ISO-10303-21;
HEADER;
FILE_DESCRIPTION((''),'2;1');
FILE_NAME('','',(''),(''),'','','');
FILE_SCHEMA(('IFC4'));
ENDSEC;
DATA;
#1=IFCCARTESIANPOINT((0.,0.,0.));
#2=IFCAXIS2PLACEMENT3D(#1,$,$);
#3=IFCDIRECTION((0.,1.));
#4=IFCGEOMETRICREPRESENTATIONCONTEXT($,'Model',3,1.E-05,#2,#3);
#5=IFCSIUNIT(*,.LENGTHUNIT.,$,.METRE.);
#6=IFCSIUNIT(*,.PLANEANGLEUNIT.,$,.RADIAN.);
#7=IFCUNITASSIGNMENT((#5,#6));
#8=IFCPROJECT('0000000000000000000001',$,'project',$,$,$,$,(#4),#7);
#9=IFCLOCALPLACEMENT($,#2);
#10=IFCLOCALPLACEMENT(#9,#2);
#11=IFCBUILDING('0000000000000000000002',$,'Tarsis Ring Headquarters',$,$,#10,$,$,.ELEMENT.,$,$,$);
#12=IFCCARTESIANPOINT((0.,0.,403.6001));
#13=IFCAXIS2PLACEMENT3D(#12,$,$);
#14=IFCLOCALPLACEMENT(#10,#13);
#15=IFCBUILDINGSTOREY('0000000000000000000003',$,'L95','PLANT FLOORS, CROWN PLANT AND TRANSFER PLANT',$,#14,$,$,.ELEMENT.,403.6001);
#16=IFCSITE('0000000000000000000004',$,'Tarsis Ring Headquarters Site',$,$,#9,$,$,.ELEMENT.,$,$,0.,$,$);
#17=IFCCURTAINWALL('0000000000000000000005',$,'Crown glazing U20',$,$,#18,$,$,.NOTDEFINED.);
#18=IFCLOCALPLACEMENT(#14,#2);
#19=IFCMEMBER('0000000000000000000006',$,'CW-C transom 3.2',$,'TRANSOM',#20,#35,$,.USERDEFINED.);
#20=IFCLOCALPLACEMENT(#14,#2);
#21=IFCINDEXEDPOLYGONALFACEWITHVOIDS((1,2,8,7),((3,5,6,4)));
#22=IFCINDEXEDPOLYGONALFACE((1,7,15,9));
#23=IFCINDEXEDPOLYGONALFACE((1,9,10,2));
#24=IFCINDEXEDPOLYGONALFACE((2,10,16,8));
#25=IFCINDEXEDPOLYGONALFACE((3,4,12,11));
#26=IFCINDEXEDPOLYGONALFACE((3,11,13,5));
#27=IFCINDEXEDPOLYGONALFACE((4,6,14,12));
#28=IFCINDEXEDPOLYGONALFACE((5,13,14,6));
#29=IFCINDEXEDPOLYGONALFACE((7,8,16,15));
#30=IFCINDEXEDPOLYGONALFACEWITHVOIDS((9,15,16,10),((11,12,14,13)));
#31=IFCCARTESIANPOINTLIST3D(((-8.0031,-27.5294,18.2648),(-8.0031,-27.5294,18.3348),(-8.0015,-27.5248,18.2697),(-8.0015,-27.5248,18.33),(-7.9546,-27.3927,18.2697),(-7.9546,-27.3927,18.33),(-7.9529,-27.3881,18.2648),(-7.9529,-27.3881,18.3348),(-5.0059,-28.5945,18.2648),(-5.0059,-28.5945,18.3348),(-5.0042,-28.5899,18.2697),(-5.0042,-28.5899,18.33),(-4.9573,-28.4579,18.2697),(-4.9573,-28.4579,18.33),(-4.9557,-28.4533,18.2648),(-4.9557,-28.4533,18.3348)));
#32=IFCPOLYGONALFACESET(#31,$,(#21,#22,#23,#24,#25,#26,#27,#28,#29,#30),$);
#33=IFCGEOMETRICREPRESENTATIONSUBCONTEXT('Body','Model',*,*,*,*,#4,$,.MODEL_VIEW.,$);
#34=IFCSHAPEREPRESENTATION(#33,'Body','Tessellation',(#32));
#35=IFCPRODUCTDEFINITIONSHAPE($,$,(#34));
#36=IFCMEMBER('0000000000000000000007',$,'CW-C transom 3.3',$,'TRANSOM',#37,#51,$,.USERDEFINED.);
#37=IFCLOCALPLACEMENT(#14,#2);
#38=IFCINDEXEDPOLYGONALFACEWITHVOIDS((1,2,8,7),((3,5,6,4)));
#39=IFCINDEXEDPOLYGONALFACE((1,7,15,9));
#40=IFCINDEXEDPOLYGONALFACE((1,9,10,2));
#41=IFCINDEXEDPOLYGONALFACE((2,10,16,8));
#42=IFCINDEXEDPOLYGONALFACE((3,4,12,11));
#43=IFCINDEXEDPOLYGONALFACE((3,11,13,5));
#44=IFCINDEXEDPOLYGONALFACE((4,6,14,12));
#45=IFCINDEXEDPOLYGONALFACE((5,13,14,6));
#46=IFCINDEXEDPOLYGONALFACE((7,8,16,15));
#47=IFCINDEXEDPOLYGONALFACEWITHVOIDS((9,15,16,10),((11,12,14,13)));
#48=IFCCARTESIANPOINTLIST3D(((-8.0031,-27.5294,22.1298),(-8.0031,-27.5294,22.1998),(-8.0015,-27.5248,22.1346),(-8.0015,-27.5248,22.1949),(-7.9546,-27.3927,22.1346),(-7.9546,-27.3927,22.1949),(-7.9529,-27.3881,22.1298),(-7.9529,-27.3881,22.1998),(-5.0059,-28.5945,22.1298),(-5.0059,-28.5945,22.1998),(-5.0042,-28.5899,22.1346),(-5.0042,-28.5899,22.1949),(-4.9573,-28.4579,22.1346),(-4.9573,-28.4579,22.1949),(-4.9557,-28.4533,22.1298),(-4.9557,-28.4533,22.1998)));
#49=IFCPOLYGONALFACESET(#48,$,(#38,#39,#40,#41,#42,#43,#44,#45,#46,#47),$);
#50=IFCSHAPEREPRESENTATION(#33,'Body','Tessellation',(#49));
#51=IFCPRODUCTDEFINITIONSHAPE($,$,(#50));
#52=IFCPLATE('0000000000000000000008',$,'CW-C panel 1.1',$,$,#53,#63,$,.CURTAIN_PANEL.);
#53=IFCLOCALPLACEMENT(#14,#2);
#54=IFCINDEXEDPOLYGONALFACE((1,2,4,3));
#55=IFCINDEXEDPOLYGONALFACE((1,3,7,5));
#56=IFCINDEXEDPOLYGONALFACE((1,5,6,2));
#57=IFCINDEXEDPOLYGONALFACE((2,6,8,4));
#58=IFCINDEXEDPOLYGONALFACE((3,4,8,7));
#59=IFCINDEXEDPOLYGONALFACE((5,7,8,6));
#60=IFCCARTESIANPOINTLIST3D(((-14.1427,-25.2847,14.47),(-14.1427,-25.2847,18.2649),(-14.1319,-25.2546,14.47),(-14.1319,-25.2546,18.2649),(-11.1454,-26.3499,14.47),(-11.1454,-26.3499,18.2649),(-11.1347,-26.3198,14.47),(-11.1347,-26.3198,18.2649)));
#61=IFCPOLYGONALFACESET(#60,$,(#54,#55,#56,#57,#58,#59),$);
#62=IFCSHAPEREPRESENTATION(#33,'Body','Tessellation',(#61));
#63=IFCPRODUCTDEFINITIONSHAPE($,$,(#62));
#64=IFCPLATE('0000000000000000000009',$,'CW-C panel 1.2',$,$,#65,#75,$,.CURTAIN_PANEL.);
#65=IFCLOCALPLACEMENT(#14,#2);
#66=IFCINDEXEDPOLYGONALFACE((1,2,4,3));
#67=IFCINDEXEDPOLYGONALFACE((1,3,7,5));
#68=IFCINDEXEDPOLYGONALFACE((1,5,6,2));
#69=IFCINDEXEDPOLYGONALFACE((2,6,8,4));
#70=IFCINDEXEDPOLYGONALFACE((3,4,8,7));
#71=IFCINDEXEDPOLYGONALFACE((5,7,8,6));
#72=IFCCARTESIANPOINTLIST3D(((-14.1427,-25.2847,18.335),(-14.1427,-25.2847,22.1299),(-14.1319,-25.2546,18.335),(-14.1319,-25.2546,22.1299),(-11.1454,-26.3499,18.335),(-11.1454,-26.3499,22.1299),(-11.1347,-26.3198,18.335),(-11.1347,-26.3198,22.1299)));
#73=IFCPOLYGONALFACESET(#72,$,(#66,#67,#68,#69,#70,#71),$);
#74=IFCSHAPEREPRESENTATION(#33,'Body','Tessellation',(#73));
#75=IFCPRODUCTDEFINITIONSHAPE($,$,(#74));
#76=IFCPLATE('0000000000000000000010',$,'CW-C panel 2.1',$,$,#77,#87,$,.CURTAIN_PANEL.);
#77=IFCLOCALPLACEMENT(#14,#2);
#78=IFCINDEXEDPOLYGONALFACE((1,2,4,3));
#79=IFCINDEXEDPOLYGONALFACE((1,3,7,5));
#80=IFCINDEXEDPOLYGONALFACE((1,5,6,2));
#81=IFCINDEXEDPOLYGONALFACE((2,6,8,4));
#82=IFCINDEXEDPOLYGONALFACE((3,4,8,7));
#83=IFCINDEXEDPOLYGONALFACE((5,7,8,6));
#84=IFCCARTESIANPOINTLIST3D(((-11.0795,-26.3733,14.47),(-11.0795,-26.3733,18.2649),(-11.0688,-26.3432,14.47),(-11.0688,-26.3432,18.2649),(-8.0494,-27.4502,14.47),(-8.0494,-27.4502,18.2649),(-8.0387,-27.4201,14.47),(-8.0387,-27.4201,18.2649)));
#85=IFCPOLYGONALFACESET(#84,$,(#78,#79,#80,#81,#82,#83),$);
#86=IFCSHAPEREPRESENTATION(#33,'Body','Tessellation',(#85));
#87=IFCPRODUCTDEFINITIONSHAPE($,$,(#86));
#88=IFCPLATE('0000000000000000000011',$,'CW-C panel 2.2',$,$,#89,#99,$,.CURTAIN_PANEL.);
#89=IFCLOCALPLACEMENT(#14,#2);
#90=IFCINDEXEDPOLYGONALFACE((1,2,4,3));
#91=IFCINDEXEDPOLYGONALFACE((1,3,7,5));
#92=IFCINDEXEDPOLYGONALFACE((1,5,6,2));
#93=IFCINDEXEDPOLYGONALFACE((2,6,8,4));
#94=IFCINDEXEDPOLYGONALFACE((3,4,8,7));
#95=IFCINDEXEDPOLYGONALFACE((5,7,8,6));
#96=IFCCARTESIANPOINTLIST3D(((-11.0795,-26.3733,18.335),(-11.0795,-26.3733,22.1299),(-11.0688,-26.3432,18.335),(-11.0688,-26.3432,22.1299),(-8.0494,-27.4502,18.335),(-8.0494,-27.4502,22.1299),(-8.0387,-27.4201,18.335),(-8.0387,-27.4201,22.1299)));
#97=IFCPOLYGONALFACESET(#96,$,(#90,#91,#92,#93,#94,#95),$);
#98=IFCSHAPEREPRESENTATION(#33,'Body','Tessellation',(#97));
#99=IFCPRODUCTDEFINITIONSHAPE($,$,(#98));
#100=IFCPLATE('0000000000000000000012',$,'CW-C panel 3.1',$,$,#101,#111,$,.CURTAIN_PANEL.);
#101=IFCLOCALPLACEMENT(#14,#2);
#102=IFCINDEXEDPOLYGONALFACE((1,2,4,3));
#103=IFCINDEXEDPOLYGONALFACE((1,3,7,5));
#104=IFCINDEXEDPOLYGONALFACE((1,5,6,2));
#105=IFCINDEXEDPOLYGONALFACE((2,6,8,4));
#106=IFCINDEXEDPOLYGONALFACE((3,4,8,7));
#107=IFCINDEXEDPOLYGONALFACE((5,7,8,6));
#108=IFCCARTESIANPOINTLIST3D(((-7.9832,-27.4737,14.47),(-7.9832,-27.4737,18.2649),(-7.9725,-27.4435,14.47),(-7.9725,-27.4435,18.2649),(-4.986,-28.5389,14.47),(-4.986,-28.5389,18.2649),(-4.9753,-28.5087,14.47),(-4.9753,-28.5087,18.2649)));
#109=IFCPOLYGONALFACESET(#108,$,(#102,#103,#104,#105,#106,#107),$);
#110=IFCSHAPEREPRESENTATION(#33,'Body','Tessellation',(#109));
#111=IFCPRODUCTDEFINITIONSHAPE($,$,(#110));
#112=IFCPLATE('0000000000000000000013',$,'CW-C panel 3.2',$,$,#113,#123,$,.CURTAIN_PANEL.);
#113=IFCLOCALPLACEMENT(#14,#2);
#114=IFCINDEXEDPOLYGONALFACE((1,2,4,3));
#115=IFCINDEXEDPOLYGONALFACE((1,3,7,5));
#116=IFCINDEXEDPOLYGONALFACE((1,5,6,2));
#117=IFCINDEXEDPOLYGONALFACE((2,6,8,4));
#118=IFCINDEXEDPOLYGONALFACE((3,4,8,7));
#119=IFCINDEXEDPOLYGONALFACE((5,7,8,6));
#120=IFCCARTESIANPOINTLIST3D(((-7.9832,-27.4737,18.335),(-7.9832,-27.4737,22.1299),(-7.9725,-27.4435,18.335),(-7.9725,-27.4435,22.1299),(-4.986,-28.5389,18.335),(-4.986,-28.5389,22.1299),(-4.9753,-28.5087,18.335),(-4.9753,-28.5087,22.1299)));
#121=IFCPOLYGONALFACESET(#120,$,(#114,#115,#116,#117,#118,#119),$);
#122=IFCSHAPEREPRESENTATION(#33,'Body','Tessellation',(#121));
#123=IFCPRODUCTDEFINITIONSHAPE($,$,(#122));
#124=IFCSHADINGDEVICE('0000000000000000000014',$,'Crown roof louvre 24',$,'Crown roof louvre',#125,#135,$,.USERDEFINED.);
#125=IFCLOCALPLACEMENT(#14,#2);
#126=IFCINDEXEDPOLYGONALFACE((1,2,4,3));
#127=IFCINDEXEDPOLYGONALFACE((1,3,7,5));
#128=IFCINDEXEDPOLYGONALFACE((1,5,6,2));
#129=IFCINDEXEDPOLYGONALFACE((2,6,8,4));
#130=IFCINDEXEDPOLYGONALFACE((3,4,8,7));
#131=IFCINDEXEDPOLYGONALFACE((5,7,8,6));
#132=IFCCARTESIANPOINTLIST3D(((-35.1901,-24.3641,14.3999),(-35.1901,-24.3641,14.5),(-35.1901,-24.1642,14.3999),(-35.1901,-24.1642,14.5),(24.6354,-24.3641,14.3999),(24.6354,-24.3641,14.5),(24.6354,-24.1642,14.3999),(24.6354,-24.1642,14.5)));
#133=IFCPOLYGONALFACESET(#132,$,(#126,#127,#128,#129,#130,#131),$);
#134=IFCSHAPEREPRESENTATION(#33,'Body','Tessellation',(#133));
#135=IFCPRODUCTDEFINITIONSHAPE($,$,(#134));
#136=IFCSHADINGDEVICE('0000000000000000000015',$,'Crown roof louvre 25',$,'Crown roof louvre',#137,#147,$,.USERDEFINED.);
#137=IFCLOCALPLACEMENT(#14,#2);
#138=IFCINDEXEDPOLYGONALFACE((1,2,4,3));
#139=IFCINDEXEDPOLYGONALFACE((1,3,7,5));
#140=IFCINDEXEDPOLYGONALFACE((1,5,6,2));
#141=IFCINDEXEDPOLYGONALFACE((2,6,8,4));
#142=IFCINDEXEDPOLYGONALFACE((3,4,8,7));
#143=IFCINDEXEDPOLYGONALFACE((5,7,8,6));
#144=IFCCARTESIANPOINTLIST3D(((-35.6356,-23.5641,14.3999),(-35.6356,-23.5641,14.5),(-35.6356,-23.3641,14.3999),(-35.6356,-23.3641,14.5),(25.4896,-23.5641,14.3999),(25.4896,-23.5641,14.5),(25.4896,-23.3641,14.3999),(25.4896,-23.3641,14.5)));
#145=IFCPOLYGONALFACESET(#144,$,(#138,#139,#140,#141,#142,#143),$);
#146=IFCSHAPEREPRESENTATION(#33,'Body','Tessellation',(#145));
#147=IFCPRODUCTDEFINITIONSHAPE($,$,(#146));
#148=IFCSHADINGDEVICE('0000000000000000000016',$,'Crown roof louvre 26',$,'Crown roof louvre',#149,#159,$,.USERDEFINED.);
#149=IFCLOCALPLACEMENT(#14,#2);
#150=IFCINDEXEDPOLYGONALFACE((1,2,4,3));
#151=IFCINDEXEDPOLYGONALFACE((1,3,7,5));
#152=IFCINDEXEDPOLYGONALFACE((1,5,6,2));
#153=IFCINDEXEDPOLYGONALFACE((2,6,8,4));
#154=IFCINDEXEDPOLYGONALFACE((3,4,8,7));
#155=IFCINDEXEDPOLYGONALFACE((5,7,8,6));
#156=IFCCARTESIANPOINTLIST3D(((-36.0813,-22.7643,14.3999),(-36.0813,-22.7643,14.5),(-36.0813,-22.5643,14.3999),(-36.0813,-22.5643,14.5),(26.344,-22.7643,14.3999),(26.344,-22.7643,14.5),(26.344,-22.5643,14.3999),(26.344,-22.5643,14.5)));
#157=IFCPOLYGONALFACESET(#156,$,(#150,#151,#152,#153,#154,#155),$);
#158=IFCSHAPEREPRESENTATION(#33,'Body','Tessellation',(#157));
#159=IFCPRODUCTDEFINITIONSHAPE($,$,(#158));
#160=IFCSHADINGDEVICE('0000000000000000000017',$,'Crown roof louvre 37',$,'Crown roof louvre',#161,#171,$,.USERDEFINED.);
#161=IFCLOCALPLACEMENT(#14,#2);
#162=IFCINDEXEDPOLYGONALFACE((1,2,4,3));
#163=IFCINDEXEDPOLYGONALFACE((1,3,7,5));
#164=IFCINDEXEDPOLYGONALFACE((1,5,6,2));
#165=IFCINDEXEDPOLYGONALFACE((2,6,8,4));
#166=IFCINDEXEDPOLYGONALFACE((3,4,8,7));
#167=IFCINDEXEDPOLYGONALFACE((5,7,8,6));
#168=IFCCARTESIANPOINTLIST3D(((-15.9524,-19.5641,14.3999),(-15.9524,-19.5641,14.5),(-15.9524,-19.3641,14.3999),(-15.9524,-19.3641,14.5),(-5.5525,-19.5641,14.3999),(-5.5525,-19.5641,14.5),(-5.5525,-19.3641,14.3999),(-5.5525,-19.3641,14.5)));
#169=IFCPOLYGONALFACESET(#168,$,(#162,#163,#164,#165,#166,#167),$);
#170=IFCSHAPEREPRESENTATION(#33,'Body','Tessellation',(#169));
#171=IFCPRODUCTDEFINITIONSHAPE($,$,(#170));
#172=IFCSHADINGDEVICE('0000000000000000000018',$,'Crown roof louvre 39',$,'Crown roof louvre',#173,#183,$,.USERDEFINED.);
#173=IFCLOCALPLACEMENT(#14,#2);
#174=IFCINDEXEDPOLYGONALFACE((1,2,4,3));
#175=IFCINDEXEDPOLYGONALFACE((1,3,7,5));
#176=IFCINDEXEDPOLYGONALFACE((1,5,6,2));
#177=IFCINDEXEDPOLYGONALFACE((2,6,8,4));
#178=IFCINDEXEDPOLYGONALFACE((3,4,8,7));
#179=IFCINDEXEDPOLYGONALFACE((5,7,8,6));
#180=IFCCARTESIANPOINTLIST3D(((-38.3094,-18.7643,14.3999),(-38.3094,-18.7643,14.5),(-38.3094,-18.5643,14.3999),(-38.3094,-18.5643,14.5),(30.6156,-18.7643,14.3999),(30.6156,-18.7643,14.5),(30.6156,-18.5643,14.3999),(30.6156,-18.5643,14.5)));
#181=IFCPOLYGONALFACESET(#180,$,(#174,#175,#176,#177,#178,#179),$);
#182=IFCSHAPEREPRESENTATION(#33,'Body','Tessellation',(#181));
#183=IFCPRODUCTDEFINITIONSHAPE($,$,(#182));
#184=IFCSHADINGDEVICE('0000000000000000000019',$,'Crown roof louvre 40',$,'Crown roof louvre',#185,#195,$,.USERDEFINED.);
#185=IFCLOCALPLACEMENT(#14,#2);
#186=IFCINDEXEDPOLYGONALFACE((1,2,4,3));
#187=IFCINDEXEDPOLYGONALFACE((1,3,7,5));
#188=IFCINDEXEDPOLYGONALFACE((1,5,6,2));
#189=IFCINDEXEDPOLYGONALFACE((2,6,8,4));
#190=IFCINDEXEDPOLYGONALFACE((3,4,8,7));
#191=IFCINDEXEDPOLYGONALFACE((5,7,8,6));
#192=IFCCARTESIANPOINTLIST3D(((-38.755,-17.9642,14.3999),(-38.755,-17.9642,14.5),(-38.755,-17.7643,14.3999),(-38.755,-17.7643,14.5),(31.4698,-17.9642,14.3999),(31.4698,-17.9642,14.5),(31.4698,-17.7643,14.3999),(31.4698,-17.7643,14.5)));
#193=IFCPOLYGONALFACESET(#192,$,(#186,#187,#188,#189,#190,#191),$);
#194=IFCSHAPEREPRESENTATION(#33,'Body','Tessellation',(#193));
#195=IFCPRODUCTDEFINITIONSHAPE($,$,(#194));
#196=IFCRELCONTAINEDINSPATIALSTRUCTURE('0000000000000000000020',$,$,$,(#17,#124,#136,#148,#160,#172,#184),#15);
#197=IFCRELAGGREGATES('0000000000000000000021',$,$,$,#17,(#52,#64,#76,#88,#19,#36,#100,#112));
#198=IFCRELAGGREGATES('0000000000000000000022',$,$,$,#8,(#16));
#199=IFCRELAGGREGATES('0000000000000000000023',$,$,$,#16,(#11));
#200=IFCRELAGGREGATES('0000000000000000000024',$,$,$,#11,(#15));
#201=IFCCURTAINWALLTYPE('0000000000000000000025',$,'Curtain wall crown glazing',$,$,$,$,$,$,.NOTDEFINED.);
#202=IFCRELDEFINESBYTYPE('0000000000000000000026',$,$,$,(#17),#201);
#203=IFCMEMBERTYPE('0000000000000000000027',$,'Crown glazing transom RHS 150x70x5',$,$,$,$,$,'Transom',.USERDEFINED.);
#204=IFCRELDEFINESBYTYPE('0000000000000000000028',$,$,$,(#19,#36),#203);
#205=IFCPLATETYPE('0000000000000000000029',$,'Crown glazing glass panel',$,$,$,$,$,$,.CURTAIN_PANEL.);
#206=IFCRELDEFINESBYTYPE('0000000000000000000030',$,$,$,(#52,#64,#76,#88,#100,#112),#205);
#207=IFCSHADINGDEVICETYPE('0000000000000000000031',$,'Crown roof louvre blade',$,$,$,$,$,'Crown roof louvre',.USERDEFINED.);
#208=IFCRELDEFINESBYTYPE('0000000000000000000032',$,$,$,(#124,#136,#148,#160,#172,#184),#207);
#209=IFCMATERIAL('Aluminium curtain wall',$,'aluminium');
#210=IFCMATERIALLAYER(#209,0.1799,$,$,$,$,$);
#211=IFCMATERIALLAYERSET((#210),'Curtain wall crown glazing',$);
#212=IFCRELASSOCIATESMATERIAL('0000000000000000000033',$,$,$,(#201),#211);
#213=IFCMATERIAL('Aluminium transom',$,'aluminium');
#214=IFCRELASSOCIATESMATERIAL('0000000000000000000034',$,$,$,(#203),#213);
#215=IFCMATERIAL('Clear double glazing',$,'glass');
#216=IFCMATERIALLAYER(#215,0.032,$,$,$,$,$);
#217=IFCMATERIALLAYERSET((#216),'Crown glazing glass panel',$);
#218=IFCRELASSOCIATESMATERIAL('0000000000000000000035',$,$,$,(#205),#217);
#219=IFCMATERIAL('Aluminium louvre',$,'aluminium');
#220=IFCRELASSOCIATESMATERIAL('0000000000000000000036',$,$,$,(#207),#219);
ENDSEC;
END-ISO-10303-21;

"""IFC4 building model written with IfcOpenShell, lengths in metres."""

from ifc_helpers import new_model, si_unit, direction, frame, origin, origin_2d, place, context, subcontext, project, spatial, rectangle, hollow_rectangle, extrude, material, layer, layer_set, material_profile, profile_set, type_object, element, aggregate, save


model = new_model("IFC4")

# Units and contexts
model_context = context("Model", 3, precision=1e-05, world=origin(), true_north=direction((0.0, 1.0)))
body_context = subcontext(model_context, "Body", "Model", "MODEL_VIEW")
ifc_project = project(units=[si_unit("LENGTHUNIT", "METRE"), si_unit("PLANEANGLEUNIT", "RADIAN")], contexts=[model_context])

# Site, building, storey
site_placement = place(None, origin())
site = spatial("IfcSite", under=ifc_project, at=site_placement, Name="Tarsis Ring Headquarters Site", CompositionType="ELEMENT", RefElevation=0.0)
building_placement = place(site_placement, origin())
building = spatial("IfcBuilding", under=site, at=building_placement, Name="Tarsis Ring Headquarters", CompositionType="ELEMENT")
storey_placement = place(building_placement, frame((0.0, 0.0, 403.6001)))
storey = spatial("IfcBuildingStorey", under=building, at=storey_placement, Name="L95", Description="PLANT FLOORS, CROWN PLANT AND TRANSFER PLANT", CompositionType="ELEMENT", Elevation=403.6001)

# Curtain wall, members, plates
ifc_material_1 = material(Name="Aluminium curtain wall", Category="aluminium")
ifc_layer_1 = layer(ifc_material_1, 0.1799)
ifc_layer_set_1 = layer_set([ifc_layer_1], Name="Curtain wall crown glazing")
curtain_wall_type = type_object("IfcCurtainWallType", Name="Curtain wall crown glazing", PredefinedType="NOTDEFINED", material=ifc_layer_set_1)
curtain_wall_placement = place(storey_placement, origin())
curtain_wall = element("IfcCurtainWall", 1, at=curtain_wall_placement, inside=storey, type_object=curtain_wall_type, Name="Crown glazing U20", PredefinedType="NOTDEFINED")
ifc_material_2 = material(Name="Aluminium transom", Category="aluminium")
ifc_material_profile_1 = material_profile(ifc_material_2, hollow_rectangle(XDim=0.1499, YDim=0.0701, WallThickness=0.0049, at=origin_2d()), Name="RHS 150x70x5")
ifc_profile_set_1 = profile_set([ifc_material_profile_1], Name="Aluminium transom")
member_type_1 = type_object("IfcMemberType", Name="Crown glazing transom RHS 150x70x5", ElementType="Transom", PredefinedType="USERDEFINED", material=ifc_profile_set_1)
member_1_placement = place(storey_placement, frame((-7.978, -27.4587, 18.2998), z_axis=(0.942267, -0.334863, 0.0), x_axis=(0.334863, 0.942267, 0.0)))
member_1 = element("IfcMember", 2, at=member_1_placement, type_object=member_type_1, Name="CW-C transom 3.2", ObjectType="TRANSOM", PredefinedType="USERDEFINED", context=body_context, shape_type="SweptSolid", body=[
    extrude(hollow_rectangle(XDim=0.1499, YDim=0.0701, WallThickness=0.0049, at=origin_2d()), origin(), (0.0, 0.0, 1.0), 3.1809),
])
member_2_placement = place(storey_placement, frame((-7.978, -27.4587, 22.1648), z_axis=(0.942267, -0.334863, 0.0), x_axis=(0.334863, 0.942267, 0.0)))
member_2 = element("IfcMember", 3, at=member_2_placement, type_object=member_type_1, Name="CW-C transom 3.3", ObjectType="TRANSOM", PredefinedType="USERDEFINED", context=body_context, shape_type="SweptSolid", body=[
    extrude(hollow_rectangle(XDim=0.1499, YDim=0.0701, WallThickness=0.0049, at=origin_2d()), origin(), (0.0, 0.0, 1.0), 3.1809),
])
ifc_material_3 = material(Name="Clear double glazing", Category="glass")
ifc_layer_2 = layer(ifc_material_3, 0.032)
ifc_layer_set_2 = layer_set([ifc_layer_2], Name="Crown glazing glass panel")
plate_type = type_object("IfcPlateType", Name="Crown glazing glass panel", PredefinedType="CURTAIN_PANEL", material=ifc_layer_set_2)
plate_1_placement = place(storey_placement, frame((-12.6387, -25.8022, 14.47), z_axis=(0.0, 0.0, 1.0), x_axis=(0.942262, -0.334876, 0.0)))
plate_1 = element("IfcPlate", 4, at=plate_1_placement, type_object=plate_type, Name="CW-C panel 1.1", PredefinedType="CURTAIN_PANEL", context=body_context, shape_type="SweptSolid", body=[
    extrude(rectangle(XDim=3.1809, YDim=0.032, at=origin_2d()), origin(), (0.0, 0.0, 1.0), 3.7949),
])
plate_2_placement = place(storey_placement, frame((-12.6387, -25.8022, 18.335), z_axis=(0.0, 0.0, 1.0), x_axis=(0.942262, -0.334876, 0.0)))
plate_2 = element("IfcPlate", 5, at=plate_2_placement, type_object=plate_type, Name="CW-C panel 1.2", PredefinedType="CURTAIN_PANEL", context=body_context, shape_type="SweptSolid", body=[
    extrude(rectangle(XDim=3.1809, YDim=0.032, at=origin_2d()), origin(), (0.0, 0.0, 1.0), 3.7949),
])
plate_3_placement = place(storey_placement, frame((-9.5591, -26.8967, 14.47), z_axis=(0.0, 0.0, 1.0), x_axis=(0.942262, -0.334876, 0.0)))
plate_3 = element("IfcPlate", 6, at=plate_3_placement, type_object=plate_type, Name="CW-C panel 2.1", PredefinedType="CURTAIN_PANEL", context=body_context, shape_type="SweptSolid", body=[
    extrude(rectangle(XDim=3.2158, YDim=0.032, at=origin_2d()), origin(), (0.0, 0.0, 1.0), 3.7949),
])
plate_4_placement = place(storey_placement, frame((-9.5591, -26.8967, 18.335), z_axis=(0.0, 0.0, 1.0), x_axis=(0.942262, -0.334876, 0.0)))
plate_4 = element("IfcPlate", 7, at=plate_4_placement, type_object=plate_type, Name="CW-C panel 2.2", PredefinedType="CURTAIN_PANEL", context=body_context, shape_type="SweptSolid", body=[
    extrude(rectangle(XDim=3.2158, YDim=0.032, at=origin_2d()), origin(), (0.0, 0.0, 1.0), 3.7949),
])
plate_5_placement = place(storey_placement, frame((-6.4792, -27.9912, 14.47), z_axis=(0.0, 0.0, 1.0), x_axis=(0.942262, -0.334876, 0.0)))
plate_5 = element("IfcPlate", 8, at=plate_5_placement, type_object=plate_type, Name="CW-C panel 3.1", PredefinedType="CURTAIN_PANEL", context=body_context, shape_type="SweptSolid", body=[
    extrude(rectangle(XDim=3.1809, YDim=0.032, at=origin_2d()), origin(), (0.0, 0.0, 1.0), 3.7949),
])
plate_6_placement = place(storey_placement, frame((-6.4792, -27.9912, 18.335), z_axis=(0.0, 0.0, 1.0), x_axis=(0.942262, -0.334876, 0.0)))
plate_6 = element("IfcPlate", 9, at=plate_6_placement, type_object=plate_type, Name="CW-C panel 3.2", PredefinedType="CURTAIN_PANEL", context=body_context, shape_type="SweptSolid", body=[
    extrude(rectangle(XDim=3.1809, YDim=0.032, at=origin_2d()), origin(), (0.0, 0.0, 1.0), 3.7949),
])
aggregate(curtain_wall, [plate_1, plate_2, plate_3, plate_4, member_1, member_2, plate_5, plate_6])

# Shading devices
ifc_material_4 = material(Name="Aluminium louvre", Category="aluminium")
shading_device_type = type_object("IfcShadingDeviceType", Name="Crown roof louvre blade", ElementType="Crown roof louvre", PredefinedType="USERDEFINED", material=ifc_material_4)
shading_device_1_placement = place(storey_placement, frame((-5.2773, -24.2642, 14.3999), z_axis=(0.0, 0.0, 1.0), x_axis=(1.0, 0.0, 0.0)))
element("IfcShadingDevice", 10, at=shading_device_1_placement, inside=storey, type_object=shading_device_type, Name="Crown roof louvre 24", ObjectType="Crown roof louvre", PredefinedType="USERDEFINED", context=body_context, shape_type="SweptSolid", body=[
    extrude(rectangle(XDim=59.8254, YDim=0.2, at=origin_2d()), origin(), (0.0, 0.0, 1.0), 0.1001),
])
shading_device_2_placement = place(storey_placement, frame((-5.073, -23.4641, 14.3999), z_axis=(0.0, 0.0, 1.0), x_axis=(1.0, 0.0, 0.0)))
element("IfcShadingDevice", 11, at=shading_device_2_placement, inside=storey, type_object=shading_device_type, Name="Crown roof louvre 25", ObjectType="Crown roof louvre", PredefinedType="USERDEFINED", context=body_context, shape_type="SweptSolid", body=[
    extrude(rectangle(XDim=61.1252, YDim=0.2, at=origin_2d()), origin(), (0.0, 0.0, 1.0), 0.1001),
])
shading_device_3_placement = place(storey_placement, frame((-4.8687, -22.6643, 14.3999), z_axis=(0.0, 0.0, 1.0), x_axis=(1.0, 0.0, 0.0)))
element("IfcShadingDevice", 12, at=shading_device_3_placement, inside=storey, type_object=shading_device_type, Name="Crown roof louvre 26", ObjectType="Crown roof louvre", PredefinedType="USERDEFINED", context=body_context, shape_type="SweptSolid", body=[
    extrude(rectangle(XDim=62.4253, YDim=0.2, at=origin_2d()), origin(), (0.0, 0.0, 1.0), 0.1001),
])
shading_device_4_placement = place(storey_placement, frame((-10.7524, -19.4641, 14.3999), z_axis=(0.0, 0.0, 1.0), x_axis=(1.0, 0.0, 0.0)))
element("IfcShadingDevice", 13, at=shading_device_4_placement, inside=storey, type_object=shading_device_type, Name="Crown roof louvre 37", ObjectType="Crown roof louvre", PredefinedType="USERDEFINED", context=body_context, shape_type="SweptSolid", body=[
    extrude(rectangle(XDim=10.3999, YDim=0.2, at=origin_2d()), origin(), (0.0, 0.0, 1.0), 0.1001),
])
shading_device_5_placement = place(storey_placement, frame((-3.8469, -18.6643, 14.3999), z_axis=(0.0, 0.0, 1.0), x_axis=(1.0, 0.0, 0.0)))
element("IfcShadingDevice", 14, at=shading_device_5_placement, inside=storey, type_object=shading_device_type, Name="Crown roof louvre 39", ObjectType="Crown roof louvre", PredefinedType="USERDEFINED", context=body_context, shape_type="SweptSolid", body=[
    extrude(rectangle(XDim=68.925, YDim=0.2, at=origin_2d()), origin(), (0.0, 0.0, 1.0), 0.1001),
])
shading_device_6_placement = place(storey_placement, frame((-3.6426, -17.8643, 14.3999), z_axis=(0.0, 0.0, 1.0), x_axis=(1.0, 0.0, 0.0)))
element("IfcShadingDevice", 15, at=shading_device_6_placement, inside=storey, type_object=shading_device_type, Name="Crown roof louvre 40", ObjectType="Crown roof louvre", PredefinedType="USERDEFINED", context=body_context, shape_type="SweptSolid", body=[
    extrude(rectangle(XDim=70.2249, YDim=0.2, at=origin_2d()), origin(), (0.0, 0.0, 1.0), 0.1001),
])

save(model, "model.ifc")
